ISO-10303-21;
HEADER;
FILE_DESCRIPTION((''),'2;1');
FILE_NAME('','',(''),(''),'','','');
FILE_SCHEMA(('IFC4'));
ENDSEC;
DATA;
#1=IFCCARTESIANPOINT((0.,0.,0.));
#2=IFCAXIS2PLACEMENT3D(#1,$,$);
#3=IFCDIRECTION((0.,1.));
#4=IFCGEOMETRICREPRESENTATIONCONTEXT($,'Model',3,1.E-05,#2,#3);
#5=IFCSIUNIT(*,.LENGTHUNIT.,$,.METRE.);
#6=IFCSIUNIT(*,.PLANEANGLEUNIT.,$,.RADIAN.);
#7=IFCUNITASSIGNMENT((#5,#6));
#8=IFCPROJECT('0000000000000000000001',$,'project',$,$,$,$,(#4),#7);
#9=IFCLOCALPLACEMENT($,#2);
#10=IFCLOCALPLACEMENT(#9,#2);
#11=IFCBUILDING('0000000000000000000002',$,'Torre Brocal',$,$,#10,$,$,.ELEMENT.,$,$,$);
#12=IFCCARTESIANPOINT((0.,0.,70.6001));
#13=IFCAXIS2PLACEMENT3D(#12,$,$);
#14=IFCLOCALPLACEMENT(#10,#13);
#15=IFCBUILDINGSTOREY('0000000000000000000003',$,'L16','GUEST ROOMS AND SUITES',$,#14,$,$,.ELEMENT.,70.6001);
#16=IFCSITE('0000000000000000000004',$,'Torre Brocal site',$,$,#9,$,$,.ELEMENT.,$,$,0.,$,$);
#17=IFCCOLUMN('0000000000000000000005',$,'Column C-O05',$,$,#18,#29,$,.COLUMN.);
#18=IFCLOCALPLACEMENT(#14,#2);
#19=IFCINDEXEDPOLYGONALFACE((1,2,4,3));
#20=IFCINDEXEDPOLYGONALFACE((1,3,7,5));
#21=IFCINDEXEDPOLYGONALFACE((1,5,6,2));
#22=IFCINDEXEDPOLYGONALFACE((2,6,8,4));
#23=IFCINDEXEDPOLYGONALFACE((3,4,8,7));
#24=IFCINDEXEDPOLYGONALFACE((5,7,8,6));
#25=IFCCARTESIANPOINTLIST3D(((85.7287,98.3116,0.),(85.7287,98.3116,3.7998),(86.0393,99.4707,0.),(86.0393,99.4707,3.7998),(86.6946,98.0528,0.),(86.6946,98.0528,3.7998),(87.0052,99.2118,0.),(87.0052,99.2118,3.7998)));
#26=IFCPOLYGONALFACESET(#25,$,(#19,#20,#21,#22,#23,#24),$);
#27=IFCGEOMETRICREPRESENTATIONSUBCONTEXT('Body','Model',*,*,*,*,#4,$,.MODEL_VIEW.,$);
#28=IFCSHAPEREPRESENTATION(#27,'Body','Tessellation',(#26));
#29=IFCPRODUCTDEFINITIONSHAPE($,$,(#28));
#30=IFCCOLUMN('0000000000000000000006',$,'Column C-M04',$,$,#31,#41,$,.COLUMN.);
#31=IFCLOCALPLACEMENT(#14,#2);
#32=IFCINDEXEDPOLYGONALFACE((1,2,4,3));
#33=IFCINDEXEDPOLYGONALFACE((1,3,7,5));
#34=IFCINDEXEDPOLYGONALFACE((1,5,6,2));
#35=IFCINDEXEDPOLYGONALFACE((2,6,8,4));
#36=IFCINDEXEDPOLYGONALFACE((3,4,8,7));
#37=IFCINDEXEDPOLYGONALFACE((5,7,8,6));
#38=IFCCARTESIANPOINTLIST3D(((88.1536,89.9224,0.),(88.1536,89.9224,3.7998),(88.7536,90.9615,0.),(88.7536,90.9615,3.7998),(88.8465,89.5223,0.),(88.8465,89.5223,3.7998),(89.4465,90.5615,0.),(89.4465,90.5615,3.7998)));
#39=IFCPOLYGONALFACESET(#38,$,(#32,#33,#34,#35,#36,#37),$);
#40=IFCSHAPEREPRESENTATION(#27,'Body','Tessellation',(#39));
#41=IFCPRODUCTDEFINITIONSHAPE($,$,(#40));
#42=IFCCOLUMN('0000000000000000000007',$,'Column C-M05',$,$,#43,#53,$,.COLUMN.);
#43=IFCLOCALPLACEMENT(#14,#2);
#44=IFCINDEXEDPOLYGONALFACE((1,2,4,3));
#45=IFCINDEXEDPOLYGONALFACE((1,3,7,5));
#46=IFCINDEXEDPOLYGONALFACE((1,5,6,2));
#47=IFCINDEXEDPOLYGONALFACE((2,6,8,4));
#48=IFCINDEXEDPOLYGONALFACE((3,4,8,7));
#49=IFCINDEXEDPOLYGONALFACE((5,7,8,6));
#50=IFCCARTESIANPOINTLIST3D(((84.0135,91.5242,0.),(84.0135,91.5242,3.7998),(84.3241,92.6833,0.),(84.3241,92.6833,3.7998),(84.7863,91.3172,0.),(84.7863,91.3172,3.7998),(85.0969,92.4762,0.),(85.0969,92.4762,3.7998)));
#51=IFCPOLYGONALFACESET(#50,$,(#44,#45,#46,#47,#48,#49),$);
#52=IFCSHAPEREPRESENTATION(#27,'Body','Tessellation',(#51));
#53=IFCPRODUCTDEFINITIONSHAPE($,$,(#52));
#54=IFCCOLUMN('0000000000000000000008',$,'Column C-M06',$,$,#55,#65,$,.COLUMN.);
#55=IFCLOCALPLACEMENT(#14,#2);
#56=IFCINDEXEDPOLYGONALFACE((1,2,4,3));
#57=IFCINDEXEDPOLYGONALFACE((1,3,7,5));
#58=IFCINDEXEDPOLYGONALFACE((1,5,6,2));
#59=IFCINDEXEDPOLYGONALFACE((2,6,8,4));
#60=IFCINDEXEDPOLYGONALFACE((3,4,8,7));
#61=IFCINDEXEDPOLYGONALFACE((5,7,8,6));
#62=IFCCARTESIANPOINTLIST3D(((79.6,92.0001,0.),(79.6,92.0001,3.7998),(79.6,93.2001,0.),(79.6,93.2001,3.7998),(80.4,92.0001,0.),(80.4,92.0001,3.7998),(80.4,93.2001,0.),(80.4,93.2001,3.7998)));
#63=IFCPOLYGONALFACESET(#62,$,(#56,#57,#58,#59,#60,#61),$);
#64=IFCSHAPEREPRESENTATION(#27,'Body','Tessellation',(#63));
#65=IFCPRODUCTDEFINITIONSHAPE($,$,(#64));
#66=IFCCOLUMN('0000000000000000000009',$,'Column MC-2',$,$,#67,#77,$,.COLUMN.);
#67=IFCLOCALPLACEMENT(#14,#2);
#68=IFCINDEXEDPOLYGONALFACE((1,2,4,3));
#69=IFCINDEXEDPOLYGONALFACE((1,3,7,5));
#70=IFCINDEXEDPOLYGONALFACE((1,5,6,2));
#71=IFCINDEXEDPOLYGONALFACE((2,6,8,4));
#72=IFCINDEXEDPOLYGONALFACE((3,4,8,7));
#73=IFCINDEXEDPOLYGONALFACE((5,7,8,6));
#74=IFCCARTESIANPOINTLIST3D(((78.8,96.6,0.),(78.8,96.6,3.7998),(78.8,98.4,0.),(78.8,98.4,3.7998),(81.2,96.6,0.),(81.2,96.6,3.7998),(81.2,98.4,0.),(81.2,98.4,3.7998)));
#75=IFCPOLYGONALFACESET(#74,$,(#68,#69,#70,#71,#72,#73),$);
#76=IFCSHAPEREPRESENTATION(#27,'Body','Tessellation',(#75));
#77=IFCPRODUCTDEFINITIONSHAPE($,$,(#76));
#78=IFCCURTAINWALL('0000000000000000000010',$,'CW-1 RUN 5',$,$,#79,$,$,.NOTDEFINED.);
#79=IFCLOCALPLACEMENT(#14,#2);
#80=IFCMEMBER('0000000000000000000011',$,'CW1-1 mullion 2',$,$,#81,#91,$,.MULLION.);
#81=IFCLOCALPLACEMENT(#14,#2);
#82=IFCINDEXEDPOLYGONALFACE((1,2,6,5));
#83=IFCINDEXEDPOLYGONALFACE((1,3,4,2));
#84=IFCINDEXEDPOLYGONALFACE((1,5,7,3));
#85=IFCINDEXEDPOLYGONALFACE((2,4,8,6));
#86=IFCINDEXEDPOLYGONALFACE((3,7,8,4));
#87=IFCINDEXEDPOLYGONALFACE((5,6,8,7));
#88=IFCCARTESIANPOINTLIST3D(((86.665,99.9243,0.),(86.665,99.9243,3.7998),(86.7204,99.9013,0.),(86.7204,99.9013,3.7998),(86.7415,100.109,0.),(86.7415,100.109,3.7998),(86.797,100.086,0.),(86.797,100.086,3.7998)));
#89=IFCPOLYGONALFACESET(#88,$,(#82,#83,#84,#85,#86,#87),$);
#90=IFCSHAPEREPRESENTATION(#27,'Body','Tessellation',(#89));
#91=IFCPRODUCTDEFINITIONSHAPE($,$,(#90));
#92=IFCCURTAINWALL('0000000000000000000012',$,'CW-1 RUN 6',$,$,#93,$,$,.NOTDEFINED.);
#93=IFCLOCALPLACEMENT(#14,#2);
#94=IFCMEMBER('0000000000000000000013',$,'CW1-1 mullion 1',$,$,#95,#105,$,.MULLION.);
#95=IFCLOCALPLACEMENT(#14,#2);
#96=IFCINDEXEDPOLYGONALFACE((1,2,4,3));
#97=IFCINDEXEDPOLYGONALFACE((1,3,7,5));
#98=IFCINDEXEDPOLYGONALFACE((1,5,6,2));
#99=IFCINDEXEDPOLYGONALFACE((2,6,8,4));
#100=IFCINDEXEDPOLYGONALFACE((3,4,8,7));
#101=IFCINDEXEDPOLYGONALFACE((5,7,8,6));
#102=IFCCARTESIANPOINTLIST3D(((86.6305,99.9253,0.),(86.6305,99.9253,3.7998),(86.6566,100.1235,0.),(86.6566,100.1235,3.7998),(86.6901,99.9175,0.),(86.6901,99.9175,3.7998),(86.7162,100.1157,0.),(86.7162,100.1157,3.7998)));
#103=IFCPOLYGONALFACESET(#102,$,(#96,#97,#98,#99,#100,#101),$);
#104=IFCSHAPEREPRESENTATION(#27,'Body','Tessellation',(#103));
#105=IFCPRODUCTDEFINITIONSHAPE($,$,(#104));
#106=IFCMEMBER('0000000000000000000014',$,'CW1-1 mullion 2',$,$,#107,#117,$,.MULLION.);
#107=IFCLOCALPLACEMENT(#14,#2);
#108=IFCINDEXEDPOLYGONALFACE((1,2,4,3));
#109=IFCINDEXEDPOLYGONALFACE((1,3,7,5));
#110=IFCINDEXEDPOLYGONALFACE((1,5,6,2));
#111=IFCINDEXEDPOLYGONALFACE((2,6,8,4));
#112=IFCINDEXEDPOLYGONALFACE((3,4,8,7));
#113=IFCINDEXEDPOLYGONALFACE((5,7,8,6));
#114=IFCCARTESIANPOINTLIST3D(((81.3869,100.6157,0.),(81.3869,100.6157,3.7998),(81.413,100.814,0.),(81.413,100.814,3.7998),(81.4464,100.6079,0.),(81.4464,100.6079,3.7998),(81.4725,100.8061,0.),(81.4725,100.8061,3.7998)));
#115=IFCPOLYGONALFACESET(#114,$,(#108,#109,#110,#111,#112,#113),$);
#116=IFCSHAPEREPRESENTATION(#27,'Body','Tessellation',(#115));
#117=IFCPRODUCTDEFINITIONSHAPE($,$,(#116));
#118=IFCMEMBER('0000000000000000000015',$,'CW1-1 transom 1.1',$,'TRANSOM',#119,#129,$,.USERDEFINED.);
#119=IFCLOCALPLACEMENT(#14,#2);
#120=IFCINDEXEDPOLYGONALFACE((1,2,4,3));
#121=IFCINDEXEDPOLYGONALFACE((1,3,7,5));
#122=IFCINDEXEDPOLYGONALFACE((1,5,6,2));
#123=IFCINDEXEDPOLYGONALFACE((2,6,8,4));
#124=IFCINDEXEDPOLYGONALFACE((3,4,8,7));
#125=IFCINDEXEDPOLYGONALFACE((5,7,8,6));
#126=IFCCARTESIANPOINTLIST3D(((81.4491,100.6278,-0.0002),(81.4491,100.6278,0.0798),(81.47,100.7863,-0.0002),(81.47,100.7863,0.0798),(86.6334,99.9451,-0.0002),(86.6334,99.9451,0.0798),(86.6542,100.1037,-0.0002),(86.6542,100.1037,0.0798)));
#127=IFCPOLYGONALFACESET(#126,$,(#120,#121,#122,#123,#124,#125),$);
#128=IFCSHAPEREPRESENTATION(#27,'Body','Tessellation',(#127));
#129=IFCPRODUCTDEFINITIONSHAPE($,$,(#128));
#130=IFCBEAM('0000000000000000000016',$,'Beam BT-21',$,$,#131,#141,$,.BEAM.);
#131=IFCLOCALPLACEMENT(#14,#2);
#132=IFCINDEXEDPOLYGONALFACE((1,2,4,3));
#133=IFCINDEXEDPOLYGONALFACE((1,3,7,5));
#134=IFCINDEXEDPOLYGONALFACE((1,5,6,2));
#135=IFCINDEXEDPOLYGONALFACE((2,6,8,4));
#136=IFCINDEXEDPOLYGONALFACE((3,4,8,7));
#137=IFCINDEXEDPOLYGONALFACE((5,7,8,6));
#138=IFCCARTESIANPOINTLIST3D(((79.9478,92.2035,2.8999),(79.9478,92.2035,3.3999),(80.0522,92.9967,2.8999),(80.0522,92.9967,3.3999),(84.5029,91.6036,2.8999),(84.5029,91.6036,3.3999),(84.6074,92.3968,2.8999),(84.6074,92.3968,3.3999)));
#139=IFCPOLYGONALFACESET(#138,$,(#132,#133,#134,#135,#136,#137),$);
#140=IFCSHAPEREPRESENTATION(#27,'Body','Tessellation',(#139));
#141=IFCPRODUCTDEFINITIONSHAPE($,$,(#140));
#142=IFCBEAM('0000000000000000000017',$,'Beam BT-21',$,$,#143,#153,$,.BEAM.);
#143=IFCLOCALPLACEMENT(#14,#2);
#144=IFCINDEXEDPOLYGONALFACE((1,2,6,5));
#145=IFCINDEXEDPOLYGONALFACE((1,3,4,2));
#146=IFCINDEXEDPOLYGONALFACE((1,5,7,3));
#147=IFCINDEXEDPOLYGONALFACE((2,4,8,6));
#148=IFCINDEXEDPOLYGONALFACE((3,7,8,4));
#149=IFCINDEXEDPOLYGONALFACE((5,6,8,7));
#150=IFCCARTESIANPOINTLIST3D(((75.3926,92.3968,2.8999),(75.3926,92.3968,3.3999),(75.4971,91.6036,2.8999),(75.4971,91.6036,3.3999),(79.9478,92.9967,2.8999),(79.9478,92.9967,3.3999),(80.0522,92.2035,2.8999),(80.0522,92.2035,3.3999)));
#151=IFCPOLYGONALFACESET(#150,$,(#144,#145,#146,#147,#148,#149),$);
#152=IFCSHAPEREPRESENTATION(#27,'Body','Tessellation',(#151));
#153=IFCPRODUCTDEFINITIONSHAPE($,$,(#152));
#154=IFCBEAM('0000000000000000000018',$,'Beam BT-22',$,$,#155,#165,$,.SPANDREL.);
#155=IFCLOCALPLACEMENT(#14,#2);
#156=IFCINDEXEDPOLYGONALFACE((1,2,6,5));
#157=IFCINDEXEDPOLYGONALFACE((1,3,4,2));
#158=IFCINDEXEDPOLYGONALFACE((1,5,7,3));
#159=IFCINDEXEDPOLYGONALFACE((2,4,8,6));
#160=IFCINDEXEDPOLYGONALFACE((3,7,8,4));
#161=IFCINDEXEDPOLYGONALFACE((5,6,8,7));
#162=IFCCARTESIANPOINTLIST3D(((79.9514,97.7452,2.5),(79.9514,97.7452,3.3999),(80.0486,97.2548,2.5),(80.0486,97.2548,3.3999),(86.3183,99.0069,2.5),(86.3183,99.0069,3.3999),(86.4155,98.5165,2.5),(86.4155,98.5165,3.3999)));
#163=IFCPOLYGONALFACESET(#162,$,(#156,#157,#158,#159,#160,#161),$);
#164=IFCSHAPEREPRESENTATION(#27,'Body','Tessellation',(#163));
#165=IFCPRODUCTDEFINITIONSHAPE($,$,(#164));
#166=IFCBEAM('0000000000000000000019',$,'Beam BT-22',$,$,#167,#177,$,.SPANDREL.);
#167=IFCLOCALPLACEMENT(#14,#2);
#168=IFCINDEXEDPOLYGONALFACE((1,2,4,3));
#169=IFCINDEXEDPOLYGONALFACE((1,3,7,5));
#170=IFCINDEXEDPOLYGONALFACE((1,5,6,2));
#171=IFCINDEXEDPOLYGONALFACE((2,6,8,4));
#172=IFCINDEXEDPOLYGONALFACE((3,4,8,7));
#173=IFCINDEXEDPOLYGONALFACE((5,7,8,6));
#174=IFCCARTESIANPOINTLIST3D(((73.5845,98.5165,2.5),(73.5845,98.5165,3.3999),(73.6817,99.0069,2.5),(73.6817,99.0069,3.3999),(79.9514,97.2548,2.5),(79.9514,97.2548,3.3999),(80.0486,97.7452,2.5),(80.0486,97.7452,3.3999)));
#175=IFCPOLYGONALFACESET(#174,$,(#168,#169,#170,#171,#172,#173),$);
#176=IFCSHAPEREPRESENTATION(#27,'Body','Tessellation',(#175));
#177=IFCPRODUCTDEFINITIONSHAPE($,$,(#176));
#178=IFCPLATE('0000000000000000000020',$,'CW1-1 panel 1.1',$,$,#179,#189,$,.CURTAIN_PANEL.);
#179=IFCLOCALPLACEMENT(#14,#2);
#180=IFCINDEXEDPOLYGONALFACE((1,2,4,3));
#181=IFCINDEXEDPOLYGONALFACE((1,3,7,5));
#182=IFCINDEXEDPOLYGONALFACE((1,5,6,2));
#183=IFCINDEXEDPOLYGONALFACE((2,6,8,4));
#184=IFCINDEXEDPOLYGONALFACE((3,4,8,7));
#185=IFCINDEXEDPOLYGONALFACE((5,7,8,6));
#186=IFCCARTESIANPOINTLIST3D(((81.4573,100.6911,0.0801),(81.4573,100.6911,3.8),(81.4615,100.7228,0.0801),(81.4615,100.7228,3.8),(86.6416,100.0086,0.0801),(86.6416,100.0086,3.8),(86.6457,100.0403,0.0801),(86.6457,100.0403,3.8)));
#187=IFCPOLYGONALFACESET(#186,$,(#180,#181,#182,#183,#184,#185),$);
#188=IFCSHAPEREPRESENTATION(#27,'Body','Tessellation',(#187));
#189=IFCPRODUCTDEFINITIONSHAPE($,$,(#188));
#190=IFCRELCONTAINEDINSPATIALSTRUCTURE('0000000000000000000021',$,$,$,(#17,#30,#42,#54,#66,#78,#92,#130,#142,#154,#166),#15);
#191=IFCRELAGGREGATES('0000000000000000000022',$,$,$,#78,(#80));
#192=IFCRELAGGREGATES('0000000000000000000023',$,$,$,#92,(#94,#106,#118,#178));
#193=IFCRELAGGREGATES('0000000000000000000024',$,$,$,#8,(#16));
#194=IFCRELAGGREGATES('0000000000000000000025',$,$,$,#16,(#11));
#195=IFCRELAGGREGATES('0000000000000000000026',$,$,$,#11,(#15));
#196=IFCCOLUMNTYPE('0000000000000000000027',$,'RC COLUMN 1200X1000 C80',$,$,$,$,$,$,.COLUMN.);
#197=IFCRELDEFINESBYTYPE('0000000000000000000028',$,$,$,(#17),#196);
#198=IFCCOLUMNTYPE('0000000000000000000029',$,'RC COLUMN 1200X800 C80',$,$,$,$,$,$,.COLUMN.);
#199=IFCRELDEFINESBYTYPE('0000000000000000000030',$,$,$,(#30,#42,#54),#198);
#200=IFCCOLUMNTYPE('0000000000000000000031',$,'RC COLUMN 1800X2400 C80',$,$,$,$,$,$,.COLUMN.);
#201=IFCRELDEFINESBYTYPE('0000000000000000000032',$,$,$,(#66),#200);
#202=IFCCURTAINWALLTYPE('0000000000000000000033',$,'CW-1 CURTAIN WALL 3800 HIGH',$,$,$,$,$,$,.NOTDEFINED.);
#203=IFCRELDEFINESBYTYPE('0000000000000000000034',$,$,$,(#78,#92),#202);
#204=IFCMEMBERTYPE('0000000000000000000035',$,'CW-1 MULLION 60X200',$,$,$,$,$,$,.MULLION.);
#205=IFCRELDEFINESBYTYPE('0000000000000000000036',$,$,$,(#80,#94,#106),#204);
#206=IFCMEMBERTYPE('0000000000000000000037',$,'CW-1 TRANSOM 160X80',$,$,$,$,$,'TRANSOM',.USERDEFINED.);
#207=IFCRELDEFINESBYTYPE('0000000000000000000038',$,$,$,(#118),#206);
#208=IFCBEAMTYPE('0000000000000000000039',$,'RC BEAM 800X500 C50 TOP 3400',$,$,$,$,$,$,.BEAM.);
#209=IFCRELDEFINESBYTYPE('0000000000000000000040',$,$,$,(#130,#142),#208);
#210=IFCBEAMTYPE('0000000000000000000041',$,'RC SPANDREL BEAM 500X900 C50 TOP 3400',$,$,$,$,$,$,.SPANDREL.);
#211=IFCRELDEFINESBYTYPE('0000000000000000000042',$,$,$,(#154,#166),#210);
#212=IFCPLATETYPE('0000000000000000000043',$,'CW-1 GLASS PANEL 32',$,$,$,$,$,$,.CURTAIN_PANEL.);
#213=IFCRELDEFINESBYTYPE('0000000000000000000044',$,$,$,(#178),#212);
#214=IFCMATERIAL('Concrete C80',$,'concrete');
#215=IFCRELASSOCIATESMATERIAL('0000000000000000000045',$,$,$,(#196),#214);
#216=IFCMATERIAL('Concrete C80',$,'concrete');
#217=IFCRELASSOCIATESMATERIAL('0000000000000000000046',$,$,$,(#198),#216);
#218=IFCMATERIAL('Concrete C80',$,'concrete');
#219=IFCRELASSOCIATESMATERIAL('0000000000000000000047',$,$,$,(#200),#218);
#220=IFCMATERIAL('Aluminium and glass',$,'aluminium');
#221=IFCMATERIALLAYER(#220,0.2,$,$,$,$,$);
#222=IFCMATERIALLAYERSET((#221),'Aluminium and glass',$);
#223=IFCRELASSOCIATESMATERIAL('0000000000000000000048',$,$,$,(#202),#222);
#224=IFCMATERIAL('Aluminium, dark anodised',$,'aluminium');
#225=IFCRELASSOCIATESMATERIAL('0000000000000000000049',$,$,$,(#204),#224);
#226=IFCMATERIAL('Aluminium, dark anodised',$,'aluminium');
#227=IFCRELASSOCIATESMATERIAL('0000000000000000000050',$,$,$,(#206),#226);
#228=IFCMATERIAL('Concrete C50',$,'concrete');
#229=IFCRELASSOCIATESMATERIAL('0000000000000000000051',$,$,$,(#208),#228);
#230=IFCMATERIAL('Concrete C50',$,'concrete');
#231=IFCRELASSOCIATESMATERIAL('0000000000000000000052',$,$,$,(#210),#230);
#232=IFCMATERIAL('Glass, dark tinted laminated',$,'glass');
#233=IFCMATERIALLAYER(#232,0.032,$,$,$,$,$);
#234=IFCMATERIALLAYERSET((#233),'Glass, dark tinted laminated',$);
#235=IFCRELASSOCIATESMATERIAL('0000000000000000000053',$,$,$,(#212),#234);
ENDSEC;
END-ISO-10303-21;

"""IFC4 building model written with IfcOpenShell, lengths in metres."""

from ifc_helpers import new_model, si_unit, direction, frame, origin, origin_2d, place, context, subcontext, project, spatial, rectangle, extrude, material, layer, layer_set, material_profile, profile_set, type_object, element, aggregate, save


model = new_model("IFC4")

# Units and contexts
model_context = context("Model", 3, precision=1e-05, world=origin(), true_north=direction((0.0, 1.0)))
body_context = subcontext(model_context, "Body", "Model", "MODEL_VIEW")
ifc_project = project(units=[si_unit("LENGTHUNIT", "METRE"), si_unit("PLANEANGLEUNIT", "RADIAN")], contexts=[model_context])

# Site, building, storey
site_placement = place(None, origin())
site = spatial("IfcSite", under=ifc_project, at=site_placement, Name="Torre Brocal site", CompositionType="ELEMENT", RefElevation=0.0)
building_placement = place(site_placement, origin())
building = spatial("IfcBuilding", under=site, at=building_placement, Name="Torre Brocal", CompositionType="ELEMENT")
storey_placement = place(building_placement, frame((0.0, 0.0, 70.6001)))
storey = spatial("IfcBuildingStorey", under=building, at=storey_placement, Name="L16", Description="GUEST ROOMS AND SUITES", CompositionType="ELEMENT", Elevation=70.6001)

# Columns
ifc_material_1 = material(Name="Concrete C80", Category="concrete")
ifc_material_profile_1 = material_profile(ifc_material_1, rectangle(XDim=1.2, YDim=1.0, at=origin_2d()), Name="RC 1200X1000")
ifc_profile_set_1 = profile_set([ifc_material_profile_1], Name="Concrete C80")
column_type_1 = type_object("IfcColumnType", Name="RC COLUMN 1200X1000 C80", PredefinedType="COLUMN", material=ifc_profile_set_1)
column_1_placement = place(storey_placement, frame((86.3669, 98.7617, 0.0), z_axis=(0.0, 0.0, 1.0), x_axis=(0.258819, 0.965926, 0.0)))
element("IfcColumn", 1, at=column_1_placement, inside=storey, type_object=column_type_1, Name="Column C-O05", PredefinedType="COLUMN", context=body_context, shape_type="SweptSolid", body=[
    extrude(rectangle(XDim=1.2, YDim=1.0, at=origin_2d()), origin(), (0.0, 0.0, 1.0), 3.7998),
])
ifc_material_2 = material(Name="Concrete C80", Category="concrete")
ifc_material_profile_2 = material_profile(ifc_material_2, rectangle(XDim=1.2, YDim=0.8, at=origin_2d()), Name="RC 1200X800")
ifc_profile_set_2 = profile_set([ifc_material_profile_2], Name="Concrete C80")
column_type_2 = type_object("IfcColumnType", Name="RC COLUMN 1200X800 C80", PredefinedType="COLUMN", material=ifc_profile_set_2)
for number, where, z_axis, x_axis, name in (
    (2, (88.8, 90.2419, 0.0), (0.0, 0.0, 1.0), (0.5, 0.866025, 0.0), "Column C-M04"),
    (3, (84.5552, 92.0002, 0.0), (0.0, 0.0, 1.0), (0.258819, 0.965926, 0.0), "Column C-M05"),
    (4, (80.0, 92.6001, 0.0), (0.0, 0.0, 1.0), (0.0, 1.0, 0.0), "Column C-M06"),
):
    element("IfcColumn", number, at=place(storey_placement, frame(where, z_axis=z_axis, x_axis=x_axis)), inside=storey, type_object=column_type_2, Name=name, PredefinedType="COLUMN", context=body_context, shape_type="SweptSolid", body=[
        extrude(rectangle(XDim=1.2, YDim=0.8, at=origin_2d()), origin(), (0.0, 0.0, 1.0), 3.7998),
    ])
ifc_material_3 = material(Name="Concrete C80", Category="concrete")
ifc_material_profile_3 = material_profile(ifc_material_3, rectangle(XDim=1.8, YDim=2.3999, at=origin_2d()), Name="RC 1800X2400")
ifc_profile_set_3 = profile_set([ifc_material_profile_3], Name="Concrete C80")
column_type_3 = type_object("IfcColumnType", Name="RC COLUMN 1800X2400 C80", PredefinedType="COLUMN", material=ifc_profile_set_3)
column_2_placement = place(storey_placement, frame((80.0, 97.5, 0.0), z_axis=(0.0, 0.0, 1.0), x_axis=(0.0, 1.0, 0.0)))
element("IfcColumn", 5, at=column_2_placement, inside=storey, type_object=column_type_3, Name="Column MC-2", PredefinedType="COLUMN", context=body_context, shape_type="SweptSolid", body=[
    extrude(rectangle(XDim=1.8, YDim=2.3999, at=origin_2d()), origin(), (0.0, 0.0, 1.0), 3.7998),
])

# Curtain wall, member
ifc_material_4 = material(Name="Aluminium and glass", Category="aluminium")
ifc_layer_1 = layer(ifc_material_4, 0.2)
ifc_layer_set_1 = layer_set([ifc_layer_1], Name="Aluminium and glass")
curtain_wall_type = type_object("IfcCurtainWallType", Name="CW-1 CURTAIN WALL 3800 HIGH", PredefinedType="NOTDEFINED", material=ifc_layer_set_1)
curtain_wall_1_placement = place(storey_placement, origin())
curtain_wall_1 = element("IfcCurtainWall", 6, at=curtain_wall_1_placement, inside=storey, type_object=curtain_wall_type, Name="CW-1 RUN 5", PredefinedType="NOTDEFINED")
ifc_material_5 = material(Name="Aluminium, dark anodised", Category="aluminium")
ifc_material_profile_4 = material_profile(ifc_material_5, rectangle(XDim=0.2, YDim=0.0601, at=origin_2d()), Name="CW-1 MULLION 60X200")
ifc_profile_set_4 = profile_set([ifc_material_profile_4], Name="Aluminium, dark anodised")
member_type_1 = type_object("IfcMemberType", Name="CW-1 MULLION 60X200", PredefinedType="MULLION", material=ifc_profile_set_4)
member_1_placement = place(storey_placement, frame((86.731, 100.0051, 0.0), z_axis=(0.0, 0.0, 1.0), x_axis=(-0.382683, -0.92388, 0.0)))
member_1 = element("IfcMember", 7, at=member_1_placement, type_object=member_type_1, Name="CW1-1 mullion 2", PredefinedType="MULLION", context=body_context, shape_type="SweptSolid", body=[
    extrude(rectangle(XDim=0.2, YDim=0.0601, at=origin_2d()), origin(), (0.0, 0.0, 1.0), 3.7998),
])
aggregate(curtain_wall_1, [member_1])

# Curtain wall, members
curtain_wall_2_placement = place(storey_placement, origin())
curtain_wall_2 = element("IfcCurtainWall", 8, at=curtain_wall_2_placement, inside=storey, type_object=curtain_wall_type, Name="CW-1 RUN 6", PredefinedType="NOTDEFINED")
member_2_placement = place(storey_placement, frame((86.6733, 100.0205, 0.0), z_axis=(0.0, 0.0, 1.0), x_axis=(-0.130526, -0.991445, 0.0)))
member_2 = element("IfcMember", 9, at=member_2_placement, type_object=member_type_1, Name="CW1-1 mullion 1", PredefinedType="MULLION", context=body_context, shape_type="SweptSolid", body=[
    extrude(rectangle(XDim=0.2, YDim=0.0601, at=origin_2d()), origin(), (0.0, 0.0, 1.0), 3.7998),
])
member_3_placement = place(storey_placement, frame((81.4297, 100.7109, 0.0), z_axis=(0.0, 0.0, 1.0), x_axis=(-0.130526, -0.991445, 0.0)))
member_3 = element("IfcMember", 10, at=member_3_placement, type_object=member_type_1, Name="CW1-1 mullion 2", PredefinedType="MULLION", context=body_context, shape_type="SweptSolid", body=[
    extrude(rectangle(XDim=0.2, YDim=0.0601, at=origin_2d()), origin(), (0.0, 0.0, 1.0), 3.7998),
])
ifc_material_6 = material(Name="Aluminium, dark anodised", Category="aluminium")
ifc_material_profile_5 = material_profile(ifc_material_6, rectangle(XDim=0.1599, YDim=0.0801, at=origin_2d()), Name="CW-1 TRANSOM 160X80")
ifc_profile_set_5 = profile_set([ifc_material_profile_5], Name="Aluminium, dark anodised")
member_type_2 = type_object("IfcMemberType", Name="CW-1 TRANSOM 160X80", ElementType="TRANSOM", PredefinedType="USERDEFINED", material=ifc_profile_set_5)
member_4_placement = place(storey_placement, frame((86.6438, 100.0244, 0.0398), z_axis=(-0.991443, 0.130543, 0.0), x_axis=(-0.130543, -0.991443, 0.0)))
member_4 = element("IfcMember", 11, at=member_4_placement, type_object=member_type_2, Name="CW1-1 transom 1.1", ObjectType="TRANSOM", PredefinedType="USERDEFINED", context=body_context, shape_type="SweptSolid", body=[
    extrude(rectangle(XDim=0.1599, YDim=0.0801, at=origin_2d()), origin(), (0.0, 0.0, 1.0), 5.229),
])

# Beams
ifc_material_7 = material(Name="Concrete C50", Category="concrete")
ifc_material_profile_6 = material_profile(ifc_material_7, rectangle(XDim=0.8, YDim=0.5, at=origin_2d()), Name="RC 800X500")
ifc_profile_set_6 = profile_set([ifc_material_profile_6], Name="Concrete C50")
beam_type_1 = type_object("IfcBeamType", Name="RC BEAM 800X500 C50 TOP 3400", PredefinedType="BEAM", material=ifc_profile_set_6)
for number, where, z_axis, x_axis, name in (
    (12, (84.5552, 92.0002, 3.1499), (-0.991441, 0.130559, 0.0), (-0.130559, -0.991441, 0.0), "Beam BT-21"),
    (13, (80.0, 92.6001, 3.1499), (-0.991441, -0.130559, 0.0), (0.130559, -0.991441, 0.0), "Beam BT-21"),
):
    element("IfcBeam", number, at=place(storey_placement, frame(where, z_axis=z_axis, x_axis=x_axis)), inside=storey, type_object=beam_type_1, Name=name, PredefinedType="BEAM", context=body_context, shape_type="SweptSolid", body=[
        extrude(rectangle(XDim=0.8, YDim=0.5, at=origin_2d()), origin(), (0.0, 0.0, 1.0), 4.5945),
    ])
ifc_material_8 = material(Name="Concrete C50", Category="concrete")
ifc_material_profile_7 = material_profile(ifc_material_8, rectangle(XDim=0.5, YDim=0.8999, at=origin_2d()), Name="RC 500X900")
ifc_profile_set_7 = profile_set([ifc_material_profile_7], Name="Concrete C50")
beam_type_2 = type_object("IfcBeamType", Name="RC SPANDREL BEAM 500X900 C50 TOP 3400", PredefinedType="SPANDREL", material=ifc_profile_set_7)
for number, where, z_axis, x_axis, name in (
    (14, (86.3669, 98.7617, 2.95), (-0.980925, -0.194387, 0.0), (0.194387, -0.980925, 0.0), "Beam BT-22"),
    (15, (80.0, 97.5, 2.95), (-0.980925, 0.194387, 0.0), (-0.194387, -0.980925, 0.0), "Beam BT-22"),
):
    element("IfcBeam", number, at=place(storey_placement, frame(where, z_axis=z_axis, x_axis=x_axis)), inside=storey, type_object=beam_type_2, Name=name, PredefinedType="SPANDREL", context=body_context, shape_type="SweptSolid", body=[
        extrude(rectangle(XDim=0.5, YDim=0.8999, at=origin_2d()), origin(), (0.0, 0.0, 1.0), 6.4907),
    ])

# Plate
ifc_material_9 = material(Name="Glass, dark tinted laminated", Category="glass")
ifc_layer_2 = layer(ifc_material_9, 0.032)
ifc_layer_set_2 = layer_set([ifc_layer_2], Name="Glass, dark tinted laminated")
plate_type = type_object("IfcPlateType", Name="CW-1 GLASS PANEL 32", PredefinedType="CURTAIN_PANEL", material=ifc_layer_set_2)
plate_placement = place(storey_placement, frame((84.0515, 100.3657, 0.0801), z_axis=(0.0, 0.0, 1.0), x_axis=(-0.991445, 0.130526, 0.0)))
plate = element("IfcPlate", 16, at=plate_placement, type_object=plate_type, Name="CW1-1 panel 1.1", PredefinedType="CURTAIN_PANEL", context=body_context, shape_type="SweptSolid", body=[
    extrude(rectangle(XDim=5.229, YDim=0.032, at=origin_2d()), origin(), (0.0, 0.0, 1.0), 3.72),
])
aggregate(curtain_wall_2, [member_2, member_3, member_4, plate])

save(model, "model.ifc")
